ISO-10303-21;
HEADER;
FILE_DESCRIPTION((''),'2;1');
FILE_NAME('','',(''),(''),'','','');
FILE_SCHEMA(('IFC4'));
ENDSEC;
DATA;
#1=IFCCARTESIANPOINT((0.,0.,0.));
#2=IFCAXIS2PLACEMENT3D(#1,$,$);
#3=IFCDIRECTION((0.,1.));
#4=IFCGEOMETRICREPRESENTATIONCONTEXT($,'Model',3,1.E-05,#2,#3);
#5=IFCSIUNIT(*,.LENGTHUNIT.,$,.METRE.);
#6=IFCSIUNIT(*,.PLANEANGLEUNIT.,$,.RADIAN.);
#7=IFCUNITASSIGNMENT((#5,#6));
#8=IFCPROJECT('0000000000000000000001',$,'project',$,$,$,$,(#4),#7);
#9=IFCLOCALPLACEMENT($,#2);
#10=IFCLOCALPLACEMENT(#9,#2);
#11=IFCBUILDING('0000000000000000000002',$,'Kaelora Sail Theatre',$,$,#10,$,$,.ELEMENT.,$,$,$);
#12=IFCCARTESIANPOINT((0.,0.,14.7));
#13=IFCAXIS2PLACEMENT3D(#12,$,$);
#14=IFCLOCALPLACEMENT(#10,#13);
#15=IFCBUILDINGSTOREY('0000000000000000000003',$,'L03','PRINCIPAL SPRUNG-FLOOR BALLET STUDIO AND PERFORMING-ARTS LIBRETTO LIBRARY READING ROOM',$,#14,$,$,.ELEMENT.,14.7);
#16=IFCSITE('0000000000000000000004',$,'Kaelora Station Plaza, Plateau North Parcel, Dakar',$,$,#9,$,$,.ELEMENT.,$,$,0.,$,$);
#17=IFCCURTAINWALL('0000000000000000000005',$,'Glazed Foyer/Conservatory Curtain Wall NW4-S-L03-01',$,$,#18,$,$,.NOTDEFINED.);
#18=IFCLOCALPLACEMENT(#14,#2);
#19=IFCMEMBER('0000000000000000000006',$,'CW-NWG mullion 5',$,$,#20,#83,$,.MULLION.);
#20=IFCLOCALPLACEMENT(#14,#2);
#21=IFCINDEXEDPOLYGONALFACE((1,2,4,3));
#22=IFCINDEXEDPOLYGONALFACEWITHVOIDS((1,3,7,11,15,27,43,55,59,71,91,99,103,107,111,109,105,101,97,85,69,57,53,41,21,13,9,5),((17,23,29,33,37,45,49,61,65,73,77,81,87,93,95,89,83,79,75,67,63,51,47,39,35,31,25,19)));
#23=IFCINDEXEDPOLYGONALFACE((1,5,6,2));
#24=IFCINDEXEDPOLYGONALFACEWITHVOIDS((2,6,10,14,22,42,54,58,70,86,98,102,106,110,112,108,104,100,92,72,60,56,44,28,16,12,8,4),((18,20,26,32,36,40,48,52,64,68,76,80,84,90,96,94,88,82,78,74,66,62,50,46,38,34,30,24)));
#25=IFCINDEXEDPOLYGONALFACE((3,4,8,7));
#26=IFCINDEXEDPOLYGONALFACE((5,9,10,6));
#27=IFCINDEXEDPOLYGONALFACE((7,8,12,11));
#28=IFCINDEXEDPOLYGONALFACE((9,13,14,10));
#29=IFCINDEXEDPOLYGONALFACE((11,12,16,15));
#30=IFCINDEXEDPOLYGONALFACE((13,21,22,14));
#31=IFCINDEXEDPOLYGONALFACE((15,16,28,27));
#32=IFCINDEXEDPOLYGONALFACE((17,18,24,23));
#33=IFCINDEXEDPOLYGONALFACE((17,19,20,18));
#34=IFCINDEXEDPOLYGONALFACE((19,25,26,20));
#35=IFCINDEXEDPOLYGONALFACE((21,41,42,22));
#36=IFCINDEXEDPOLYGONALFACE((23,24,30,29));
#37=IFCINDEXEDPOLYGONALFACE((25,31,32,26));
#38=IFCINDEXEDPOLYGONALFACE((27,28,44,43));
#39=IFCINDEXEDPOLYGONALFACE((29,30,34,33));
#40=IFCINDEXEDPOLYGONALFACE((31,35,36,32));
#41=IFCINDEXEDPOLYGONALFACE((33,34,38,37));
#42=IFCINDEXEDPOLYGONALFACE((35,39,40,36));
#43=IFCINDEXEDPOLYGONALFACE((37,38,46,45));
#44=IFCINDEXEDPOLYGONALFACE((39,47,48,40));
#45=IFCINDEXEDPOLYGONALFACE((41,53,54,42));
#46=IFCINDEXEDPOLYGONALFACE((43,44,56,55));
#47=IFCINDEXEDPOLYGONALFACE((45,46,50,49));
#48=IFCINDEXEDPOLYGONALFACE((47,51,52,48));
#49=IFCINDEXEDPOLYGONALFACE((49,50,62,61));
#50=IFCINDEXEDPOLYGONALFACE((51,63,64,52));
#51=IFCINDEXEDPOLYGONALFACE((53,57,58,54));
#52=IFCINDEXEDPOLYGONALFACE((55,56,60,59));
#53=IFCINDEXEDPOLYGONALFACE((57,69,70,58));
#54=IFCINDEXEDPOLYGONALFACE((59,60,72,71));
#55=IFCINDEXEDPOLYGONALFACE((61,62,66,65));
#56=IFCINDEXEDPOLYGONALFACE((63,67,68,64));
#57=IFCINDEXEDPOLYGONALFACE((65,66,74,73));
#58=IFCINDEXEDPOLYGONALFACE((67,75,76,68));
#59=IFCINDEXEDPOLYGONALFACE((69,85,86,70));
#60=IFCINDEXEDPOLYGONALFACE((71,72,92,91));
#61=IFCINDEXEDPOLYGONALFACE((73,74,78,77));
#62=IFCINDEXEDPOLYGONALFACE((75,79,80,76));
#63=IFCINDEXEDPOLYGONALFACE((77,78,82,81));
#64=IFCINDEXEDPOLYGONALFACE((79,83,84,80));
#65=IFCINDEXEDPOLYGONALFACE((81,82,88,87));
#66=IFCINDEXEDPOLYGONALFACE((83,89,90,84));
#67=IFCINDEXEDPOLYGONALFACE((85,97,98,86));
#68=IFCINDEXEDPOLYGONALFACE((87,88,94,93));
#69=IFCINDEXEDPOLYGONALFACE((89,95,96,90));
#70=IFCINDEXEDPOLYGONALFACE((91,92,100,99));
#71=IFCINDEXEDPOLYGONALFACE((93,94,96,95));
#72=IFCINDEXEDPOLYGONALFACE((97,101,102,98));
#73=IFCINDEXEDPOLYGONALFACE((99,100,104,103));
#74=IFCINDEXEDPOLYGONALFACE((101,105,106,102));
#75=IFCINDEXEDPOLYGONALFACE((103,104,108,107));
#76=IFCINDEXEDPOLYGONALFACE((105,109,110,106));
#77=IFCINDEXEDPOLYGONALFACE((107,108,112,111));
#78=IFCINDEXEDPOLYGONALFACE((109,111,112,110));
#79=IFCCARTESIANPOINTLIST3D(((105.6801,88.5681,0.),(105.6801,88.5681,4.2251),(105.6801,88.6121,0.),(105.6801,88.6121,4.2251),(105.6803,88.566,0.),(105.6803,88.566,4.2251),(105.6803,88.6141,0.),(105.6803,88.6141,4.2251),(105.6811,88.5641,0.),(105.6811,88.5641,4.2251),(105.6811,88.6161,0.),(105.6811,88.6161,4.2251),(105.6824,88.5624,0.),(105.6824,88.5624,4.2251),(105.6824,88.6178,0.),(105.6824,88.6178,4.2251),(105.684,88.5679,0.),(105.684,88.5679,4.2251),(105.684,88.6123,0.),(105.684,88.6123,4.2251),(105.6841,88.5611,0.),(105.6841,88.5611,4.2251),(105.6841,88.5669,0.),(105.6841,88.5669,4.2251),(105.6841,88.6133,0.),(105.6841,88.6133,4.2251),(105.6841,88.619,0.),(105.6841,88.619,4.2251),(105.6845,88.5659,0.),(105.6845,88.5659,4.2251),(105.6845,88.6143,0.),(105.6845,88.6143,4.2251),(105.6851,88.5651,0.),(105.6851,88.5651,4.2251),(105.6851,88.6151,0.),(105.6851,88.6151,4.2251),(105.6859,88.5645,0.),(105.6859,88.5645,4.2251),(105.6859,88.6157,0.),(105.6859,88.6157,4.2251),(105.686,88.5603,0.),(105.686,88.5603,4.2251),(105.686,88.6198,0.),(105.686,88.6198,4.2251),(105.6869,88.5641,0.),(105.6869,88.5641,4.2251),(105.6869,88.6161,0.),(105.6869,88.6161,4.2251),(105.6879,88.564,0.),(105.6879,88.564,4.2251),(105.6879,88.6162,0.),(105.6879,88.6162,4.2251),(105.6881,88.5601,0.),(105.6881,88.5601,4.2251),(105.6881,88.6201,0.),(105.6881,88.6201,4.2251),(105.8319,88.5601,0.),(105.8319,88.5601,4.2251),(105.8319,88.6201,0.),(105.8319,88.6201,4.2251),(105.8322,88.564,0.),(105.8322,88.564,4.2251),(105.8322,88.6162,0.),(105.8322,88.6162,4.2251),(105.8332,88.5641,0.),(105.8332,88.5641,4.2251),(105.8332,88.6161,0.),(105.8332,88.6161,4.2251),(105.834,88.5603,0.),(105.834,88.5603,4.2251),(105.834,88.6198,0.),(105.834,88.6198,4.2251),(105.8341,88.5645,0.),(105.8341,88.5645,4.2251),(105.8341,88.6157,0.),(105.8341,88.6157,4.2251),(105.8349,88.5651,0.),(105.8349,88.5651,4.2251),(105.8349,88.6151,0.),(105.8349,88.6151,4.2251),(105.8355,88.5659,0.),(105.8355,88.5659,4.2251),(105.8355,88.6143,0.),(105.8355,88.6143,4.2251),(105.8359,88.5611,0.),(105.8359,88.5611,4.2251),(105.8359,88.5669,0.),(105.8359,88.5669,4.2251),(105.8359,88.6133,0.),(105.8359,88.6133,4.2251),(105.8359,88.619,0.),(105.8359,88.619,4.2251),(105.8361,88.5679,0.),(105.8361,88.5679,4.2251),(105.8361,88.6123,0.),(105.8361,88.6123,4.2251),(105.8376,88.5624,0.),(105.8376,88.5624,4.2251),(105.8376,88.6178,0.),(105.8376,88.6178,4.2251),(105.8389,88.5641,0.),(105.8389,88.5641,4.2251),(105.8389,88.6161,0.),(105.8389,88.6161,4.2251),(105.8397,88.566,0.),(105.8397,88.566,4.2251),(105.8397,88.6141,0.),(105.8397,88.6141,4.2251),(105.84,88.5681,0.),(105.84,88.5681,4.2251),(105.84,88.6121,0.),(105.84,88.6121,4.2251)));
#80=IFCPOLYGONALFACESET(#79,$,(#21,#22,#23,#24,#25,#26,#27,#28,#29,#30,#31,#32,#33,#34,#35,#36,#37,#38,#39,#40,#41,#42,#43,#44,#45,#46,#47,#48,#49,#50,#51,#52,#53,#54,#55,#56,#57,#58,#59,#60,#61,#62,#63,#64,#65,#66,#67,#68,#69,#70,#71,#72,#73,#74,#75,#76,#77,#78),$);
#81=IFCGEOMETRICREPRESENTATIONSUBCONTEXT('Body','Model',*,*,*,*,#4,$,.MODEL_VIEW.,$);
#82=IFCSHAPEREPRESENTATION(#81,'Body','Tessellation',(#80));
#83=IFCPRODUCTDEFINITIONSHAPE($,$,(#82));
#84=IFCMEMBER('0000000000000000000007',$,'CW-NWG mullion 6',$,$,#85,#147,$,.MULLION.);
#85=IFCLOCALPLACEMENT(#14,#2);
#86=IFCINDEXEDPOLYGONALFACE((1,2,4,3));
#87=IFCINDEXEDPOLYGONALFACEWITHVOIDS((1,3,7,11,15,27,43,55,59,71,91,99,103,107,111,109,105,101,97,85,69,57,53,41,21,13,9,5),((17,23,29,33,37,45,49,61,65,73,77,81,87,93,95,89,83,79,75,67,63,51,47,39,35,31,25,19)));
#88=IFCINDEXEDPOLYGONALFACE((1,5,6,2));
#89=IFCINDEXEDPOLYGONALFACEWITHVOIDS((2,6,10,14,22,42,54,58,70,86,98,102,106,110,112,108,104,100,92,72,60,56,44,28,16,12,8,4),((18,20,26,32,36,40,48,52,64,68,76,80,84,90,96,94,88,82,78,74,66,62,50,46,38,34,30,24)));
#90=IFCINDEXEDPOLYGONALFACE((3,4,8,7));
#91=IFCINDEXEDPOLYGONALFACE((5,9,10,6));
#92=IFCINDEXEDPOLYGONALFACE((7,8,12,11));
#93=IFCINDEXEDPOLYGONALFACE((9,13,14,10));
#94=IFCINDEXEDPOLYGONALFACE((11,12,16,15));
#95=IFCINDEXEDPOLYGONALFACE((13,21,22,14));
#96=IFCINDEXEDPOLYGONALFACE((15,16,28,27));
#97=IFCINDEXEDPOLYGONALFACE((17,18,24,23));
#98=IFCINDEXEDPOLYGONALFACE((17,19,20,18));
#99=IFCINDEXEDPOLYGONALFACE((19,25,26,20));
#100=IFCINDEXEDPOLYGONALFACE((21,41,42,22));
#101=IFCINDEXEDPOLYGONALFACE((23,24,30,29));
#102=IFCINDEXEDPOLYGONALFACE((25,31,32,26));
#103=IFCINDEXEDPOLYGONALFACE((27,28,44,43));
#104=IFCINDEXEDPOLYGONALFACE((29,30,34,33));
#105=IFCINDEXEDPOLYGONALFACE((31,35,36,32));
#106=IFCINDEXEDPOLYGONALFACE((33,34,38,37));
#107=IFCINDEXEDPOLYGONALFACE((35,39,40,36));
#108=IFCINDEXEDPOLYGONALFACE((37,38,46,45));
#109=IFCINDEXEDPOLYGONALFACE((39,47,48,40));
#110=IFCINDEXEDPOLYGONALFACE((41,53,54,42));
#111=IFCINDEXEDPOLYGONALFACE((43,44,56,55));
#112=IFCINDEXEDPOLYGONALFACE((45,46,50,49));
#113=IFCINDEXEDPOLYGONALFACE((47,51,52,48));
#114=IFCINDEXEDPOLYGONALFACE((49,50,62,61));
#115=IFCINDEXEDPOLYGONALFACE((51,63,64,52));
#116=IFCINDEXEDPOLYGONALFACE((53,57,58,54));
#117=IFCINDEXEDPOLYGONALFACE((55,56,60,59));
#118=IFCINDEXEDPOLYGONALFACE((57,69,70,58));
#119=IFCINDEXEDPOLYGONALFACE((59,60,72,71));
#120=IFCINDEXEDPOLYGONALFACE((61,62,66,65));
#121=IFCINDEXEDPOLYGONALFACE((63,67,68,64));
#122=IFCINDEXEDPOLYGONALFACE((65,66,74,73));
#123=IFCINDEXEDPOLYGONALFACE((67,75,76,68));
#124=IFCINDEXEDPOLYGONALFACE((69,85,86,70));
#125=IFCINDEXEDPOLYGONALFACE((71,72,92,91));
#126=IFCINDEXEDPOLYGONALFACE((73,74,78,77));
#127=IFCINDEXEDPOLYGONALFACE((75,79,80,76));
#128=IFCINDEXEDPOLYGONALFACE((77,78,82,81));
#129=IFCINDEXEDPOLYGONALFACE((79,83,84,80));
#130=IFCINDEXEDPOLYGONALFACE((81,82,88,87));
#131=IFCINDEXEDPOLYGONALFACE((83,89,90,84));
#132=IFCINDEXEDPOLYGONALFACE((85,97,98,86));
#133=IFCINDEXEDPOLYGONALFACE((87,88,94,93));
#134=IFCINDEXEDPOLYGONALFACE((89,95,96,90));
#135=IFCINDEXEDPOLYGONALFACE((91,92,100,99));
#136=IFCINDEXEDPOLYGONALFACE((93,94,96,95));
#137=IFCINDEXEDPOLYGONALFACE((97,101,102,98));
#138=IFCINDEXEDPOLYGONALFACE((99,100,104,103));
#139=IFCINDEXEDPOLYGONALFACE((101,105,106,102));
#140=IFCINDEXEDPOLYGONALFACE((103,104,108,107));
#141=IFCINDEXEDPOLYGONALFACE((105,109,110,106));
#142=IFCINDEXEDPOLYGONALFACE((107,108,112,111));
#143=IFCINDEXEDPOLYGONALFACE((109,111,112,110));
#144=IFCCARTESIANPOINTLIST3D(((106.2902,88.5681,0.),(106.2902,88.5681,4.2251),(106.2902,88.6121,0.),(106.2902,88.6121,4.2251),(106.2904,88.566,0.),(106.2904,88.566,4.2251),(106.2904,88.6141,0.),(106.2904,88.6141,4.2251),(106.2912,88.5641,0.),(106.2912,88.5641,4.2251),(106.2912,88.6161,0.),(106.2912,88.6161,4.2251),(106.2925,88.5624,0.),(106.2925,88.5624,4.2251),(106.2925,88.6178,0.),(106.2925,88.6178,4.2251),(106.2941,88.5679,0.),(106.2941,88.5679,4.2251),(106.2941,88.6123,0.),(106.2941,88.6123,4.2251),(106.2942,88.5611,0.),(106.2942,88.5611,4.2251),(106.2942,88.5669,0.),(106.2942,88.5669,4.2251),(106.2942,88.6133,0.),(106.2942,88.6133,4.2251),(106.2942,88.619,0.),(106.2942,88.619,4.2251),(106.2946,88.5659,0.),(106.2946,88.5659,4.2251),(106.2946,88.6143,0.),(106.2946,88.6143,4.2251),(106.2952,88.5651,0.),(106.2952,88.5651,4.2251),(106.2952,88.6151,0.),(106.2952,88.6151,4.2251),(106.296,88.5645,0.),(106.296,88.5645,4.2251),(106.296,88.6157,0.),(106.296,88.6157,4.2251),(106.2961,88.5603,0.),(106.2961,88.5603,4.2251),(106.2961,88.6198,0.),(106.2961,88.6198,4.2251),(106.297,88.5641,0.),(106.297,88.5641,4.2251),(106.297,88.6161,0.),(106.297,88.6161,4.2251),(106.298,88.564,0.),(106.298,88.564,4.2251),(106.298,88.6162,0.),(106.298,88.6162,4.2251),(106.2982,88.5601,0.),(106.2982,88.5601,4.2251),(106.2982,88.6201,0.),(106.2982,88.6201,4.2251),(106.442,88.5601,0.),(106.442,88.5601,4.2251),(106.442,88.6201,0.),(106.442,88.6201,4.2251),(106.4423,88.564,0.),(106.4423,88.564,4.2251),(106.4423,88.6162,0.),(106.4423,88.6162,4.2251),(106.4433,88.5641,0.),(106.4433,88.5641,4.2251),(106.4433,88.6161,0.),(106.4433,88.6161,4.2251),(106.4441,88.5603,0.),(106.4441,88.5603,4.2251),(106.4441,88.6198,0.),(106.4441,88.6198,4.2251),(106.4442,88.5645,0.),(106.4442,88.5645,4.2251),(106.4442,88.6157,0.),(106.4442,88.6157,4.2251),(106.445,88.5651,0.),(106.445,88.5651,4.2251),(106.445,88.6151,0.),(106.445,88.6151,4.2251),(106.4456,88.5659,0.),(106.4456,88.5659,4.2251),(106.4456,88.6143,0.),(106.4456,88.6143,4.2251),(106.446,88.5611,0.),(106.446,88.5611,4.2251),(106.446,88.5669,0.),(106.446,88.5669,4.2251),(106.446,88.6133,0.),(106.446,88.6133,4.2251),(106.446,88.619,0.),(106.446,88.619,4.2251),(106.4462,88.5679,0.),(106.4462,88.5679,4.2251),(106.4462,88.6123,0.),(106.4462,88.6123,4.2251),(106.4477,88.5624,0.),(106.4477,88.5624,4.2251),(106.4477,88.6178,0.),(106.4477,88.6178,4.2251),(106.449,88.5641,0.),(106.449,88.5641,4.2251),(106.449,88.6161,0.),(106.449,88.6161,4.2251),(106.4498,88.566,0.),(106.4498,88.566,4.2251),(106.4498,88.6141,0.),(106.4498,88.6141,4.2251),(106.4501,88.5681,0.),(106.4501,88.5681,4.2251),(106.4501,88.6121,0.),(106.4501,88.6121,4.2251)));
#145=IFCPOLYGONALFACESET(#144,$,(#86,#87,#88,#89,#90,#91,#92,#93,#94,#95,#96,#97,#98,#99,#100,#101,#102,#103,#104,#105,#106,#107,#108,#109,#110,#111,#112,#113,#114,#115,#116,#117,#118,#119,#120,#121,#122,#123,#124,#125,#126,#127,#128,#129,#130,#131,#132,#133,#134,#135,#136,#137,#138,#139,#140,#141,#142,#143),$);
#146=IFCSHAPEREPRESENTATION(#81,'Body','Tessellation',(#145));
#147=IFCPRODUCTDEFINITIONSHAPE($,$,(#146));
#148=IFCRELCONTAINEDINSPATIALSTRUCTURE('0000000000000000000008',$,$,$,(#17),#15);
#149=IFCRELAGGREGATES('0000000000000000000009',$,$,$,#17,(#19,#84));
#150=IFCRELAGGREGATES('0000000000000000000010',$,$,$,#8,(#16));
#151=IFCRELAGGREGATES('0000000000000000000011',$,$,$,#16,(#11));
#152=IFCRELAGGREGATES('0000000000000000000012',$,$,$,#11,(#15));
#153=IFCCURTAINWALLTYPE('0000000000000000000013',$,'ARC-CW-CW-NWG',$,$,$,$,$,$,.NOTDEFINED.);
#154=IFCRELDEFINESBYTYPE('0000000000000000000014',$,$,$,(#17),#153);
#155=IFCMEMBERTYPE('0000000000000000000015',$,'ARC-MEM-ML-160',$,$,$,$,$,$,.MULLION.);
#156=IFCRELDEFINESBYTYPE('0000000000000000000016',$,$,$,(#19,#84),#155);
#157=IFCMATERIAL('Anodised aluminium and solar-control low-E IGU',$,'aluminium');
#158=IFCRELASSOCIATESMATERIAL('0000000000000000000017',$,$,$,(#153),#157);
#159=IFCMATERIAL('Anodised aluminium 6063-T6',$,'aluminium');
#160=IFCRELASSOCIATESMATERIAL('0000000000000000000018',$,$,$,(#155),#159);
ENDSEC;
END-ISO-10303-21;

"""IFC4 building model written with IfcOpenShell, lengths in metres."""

from ifc_helpers import new_model, si_unit, direction, frame, origin, origin_2d, place, context, subcontext, project, spatial, hollow_rectangle, extrude, material, material_profile, profile_set, type_object, element, aggregate, save


model = new_model("IFC4")

# Units and contexts
model_context = context("Model", 3, precision=1e-05, world=origin(), true_north=direction((0.0, 1.0)))
body_context = subcontext(model_context, "Body", "Model", "MODEL_VIEW")
ifc_project = project(units=[si_unit("LENGTHUNIT", "METRE"), si_unit("PLANEANGLEUNIT", "RADIAN")], contexts=[model_context])

# Site, building, storey
site_placement = place(None, origin())
site = spatial("IfcSite", under=ifc_project, at=site_placement, Name="Kaelora Station Plaza, Plateau North Parcel, Dakar", CompositionType="ELEMENT", RefElevation=0.0)
building_placement = place(site_placement, origin())
building = spatial("IfcBuilding", under=site, at=building_placement, Name="Kaelora Sail Theatre", CompositionType="ELEMENT")
storey_placement = place(building_placement, frame((0.0, 0.0, 14.7)))
storey = spatial("IfcBuildingStorey", under=building, at=storey_placement, Name="L03", Description="PRINCIPAL SPRUNG-FLOOR BALLET STUDIO AND PERFORMING-ARTS LIBRETTO LIBRARY READING ROOM", CompositionType="ELEMENT", Elevation=14.7)

# Curtain wall, members
ifc_material_1 = material(Name="Anodised aluminium and solar-control low-E IGU", Category="aluminium")
curtain_wall_type = type_object("IfcCurtainWallType", Name="ARC-CW-CW-NWG", PredefinedType="NOTDEFINED", material=ifc_material_1)
curtain_wall_1_placement = place(storey_placement, origin())
curtain_wall_1 = element("IfcCurtainWall", 1, at=curtain_wall_1_placement, inside=storey, type_object=curtain_wall_type, Name="Glazed Foyer/Conservatory Curtain Wall NW4-S-L03-01", PredefinedType="NOTDEFINED")
ifc_material_2 = material(Name="Anodised aluminium 6063-T6", Category="aluminium")
ifc_material_profile_1 = material_profile(ifc_material_2, hollow_rectangle(XDim=0.0601, YDim=0.1599, WallThickness=0.0039, InnerFilletRadius=0.0039, OuterFilletRadius=0.0081, at=origin_2d()), Name="ALU-MULL 60x160x4")
ifc_profile_set_1 = profile_set([ifc_material_profile_1], Name="Anodised aluminium 6063-T6")
member_type_1 = type_object("IfcMemberType", Name="ARC-MEM-ML-160", PredefinedType="MULLION", material=ifc_profile_set_1)
member_1_placement = place(storey_placement, frame((105.76, 88.5901, 0.0), z_axis=(0.0, 0.0, 1.0), x_axis=(0.0, 1.0, 0.0)))
member_1 = element("IfcMember", 2, at=member_1_placement, type_object=member_type_1, Name="CW-NWG mullion 5", PredefinedType="MULLION", context=body_context, shape_type="SweptSolid", body=[
    extrude(hollow_rectangle(XDim=0.0601, YDim=0.1599, WallThickness=0.0039, InnerFilletRadius=0.0039, OuterFilletRadius=0.0081, at=origin_2d()), origin(), (0.0, 0.0, 1.0), 4.2251),
])
member_2_placement = place(storey_placement, frame((106.3701, 88.5901, 0.0), z_axis=(0.0, 0.0, 1.0), x_axis=(0.0, 1.0, 0.0)))
member_2 = element("IfcMember", 3, at=member_2_placement, type_object=member_type_1, Name="CW-NWG mullion 6", PredefinedType="MULLION", context=body_context, shape_type="SweptSolid", body=[
    extrude(hollow_rectangle(XDim=0.0601, YDim=0.1599, WallThickness=0.0039, InnerFilletRadius=0.0039, OuterFilletRadius=0.0081, at=origin_2d()), origin(), (0.0, 0.0, 1.0), 4.2251),
])

aggregate(curtain_wall_1, [member_1, member_2])

save(model, "model.ifc")
